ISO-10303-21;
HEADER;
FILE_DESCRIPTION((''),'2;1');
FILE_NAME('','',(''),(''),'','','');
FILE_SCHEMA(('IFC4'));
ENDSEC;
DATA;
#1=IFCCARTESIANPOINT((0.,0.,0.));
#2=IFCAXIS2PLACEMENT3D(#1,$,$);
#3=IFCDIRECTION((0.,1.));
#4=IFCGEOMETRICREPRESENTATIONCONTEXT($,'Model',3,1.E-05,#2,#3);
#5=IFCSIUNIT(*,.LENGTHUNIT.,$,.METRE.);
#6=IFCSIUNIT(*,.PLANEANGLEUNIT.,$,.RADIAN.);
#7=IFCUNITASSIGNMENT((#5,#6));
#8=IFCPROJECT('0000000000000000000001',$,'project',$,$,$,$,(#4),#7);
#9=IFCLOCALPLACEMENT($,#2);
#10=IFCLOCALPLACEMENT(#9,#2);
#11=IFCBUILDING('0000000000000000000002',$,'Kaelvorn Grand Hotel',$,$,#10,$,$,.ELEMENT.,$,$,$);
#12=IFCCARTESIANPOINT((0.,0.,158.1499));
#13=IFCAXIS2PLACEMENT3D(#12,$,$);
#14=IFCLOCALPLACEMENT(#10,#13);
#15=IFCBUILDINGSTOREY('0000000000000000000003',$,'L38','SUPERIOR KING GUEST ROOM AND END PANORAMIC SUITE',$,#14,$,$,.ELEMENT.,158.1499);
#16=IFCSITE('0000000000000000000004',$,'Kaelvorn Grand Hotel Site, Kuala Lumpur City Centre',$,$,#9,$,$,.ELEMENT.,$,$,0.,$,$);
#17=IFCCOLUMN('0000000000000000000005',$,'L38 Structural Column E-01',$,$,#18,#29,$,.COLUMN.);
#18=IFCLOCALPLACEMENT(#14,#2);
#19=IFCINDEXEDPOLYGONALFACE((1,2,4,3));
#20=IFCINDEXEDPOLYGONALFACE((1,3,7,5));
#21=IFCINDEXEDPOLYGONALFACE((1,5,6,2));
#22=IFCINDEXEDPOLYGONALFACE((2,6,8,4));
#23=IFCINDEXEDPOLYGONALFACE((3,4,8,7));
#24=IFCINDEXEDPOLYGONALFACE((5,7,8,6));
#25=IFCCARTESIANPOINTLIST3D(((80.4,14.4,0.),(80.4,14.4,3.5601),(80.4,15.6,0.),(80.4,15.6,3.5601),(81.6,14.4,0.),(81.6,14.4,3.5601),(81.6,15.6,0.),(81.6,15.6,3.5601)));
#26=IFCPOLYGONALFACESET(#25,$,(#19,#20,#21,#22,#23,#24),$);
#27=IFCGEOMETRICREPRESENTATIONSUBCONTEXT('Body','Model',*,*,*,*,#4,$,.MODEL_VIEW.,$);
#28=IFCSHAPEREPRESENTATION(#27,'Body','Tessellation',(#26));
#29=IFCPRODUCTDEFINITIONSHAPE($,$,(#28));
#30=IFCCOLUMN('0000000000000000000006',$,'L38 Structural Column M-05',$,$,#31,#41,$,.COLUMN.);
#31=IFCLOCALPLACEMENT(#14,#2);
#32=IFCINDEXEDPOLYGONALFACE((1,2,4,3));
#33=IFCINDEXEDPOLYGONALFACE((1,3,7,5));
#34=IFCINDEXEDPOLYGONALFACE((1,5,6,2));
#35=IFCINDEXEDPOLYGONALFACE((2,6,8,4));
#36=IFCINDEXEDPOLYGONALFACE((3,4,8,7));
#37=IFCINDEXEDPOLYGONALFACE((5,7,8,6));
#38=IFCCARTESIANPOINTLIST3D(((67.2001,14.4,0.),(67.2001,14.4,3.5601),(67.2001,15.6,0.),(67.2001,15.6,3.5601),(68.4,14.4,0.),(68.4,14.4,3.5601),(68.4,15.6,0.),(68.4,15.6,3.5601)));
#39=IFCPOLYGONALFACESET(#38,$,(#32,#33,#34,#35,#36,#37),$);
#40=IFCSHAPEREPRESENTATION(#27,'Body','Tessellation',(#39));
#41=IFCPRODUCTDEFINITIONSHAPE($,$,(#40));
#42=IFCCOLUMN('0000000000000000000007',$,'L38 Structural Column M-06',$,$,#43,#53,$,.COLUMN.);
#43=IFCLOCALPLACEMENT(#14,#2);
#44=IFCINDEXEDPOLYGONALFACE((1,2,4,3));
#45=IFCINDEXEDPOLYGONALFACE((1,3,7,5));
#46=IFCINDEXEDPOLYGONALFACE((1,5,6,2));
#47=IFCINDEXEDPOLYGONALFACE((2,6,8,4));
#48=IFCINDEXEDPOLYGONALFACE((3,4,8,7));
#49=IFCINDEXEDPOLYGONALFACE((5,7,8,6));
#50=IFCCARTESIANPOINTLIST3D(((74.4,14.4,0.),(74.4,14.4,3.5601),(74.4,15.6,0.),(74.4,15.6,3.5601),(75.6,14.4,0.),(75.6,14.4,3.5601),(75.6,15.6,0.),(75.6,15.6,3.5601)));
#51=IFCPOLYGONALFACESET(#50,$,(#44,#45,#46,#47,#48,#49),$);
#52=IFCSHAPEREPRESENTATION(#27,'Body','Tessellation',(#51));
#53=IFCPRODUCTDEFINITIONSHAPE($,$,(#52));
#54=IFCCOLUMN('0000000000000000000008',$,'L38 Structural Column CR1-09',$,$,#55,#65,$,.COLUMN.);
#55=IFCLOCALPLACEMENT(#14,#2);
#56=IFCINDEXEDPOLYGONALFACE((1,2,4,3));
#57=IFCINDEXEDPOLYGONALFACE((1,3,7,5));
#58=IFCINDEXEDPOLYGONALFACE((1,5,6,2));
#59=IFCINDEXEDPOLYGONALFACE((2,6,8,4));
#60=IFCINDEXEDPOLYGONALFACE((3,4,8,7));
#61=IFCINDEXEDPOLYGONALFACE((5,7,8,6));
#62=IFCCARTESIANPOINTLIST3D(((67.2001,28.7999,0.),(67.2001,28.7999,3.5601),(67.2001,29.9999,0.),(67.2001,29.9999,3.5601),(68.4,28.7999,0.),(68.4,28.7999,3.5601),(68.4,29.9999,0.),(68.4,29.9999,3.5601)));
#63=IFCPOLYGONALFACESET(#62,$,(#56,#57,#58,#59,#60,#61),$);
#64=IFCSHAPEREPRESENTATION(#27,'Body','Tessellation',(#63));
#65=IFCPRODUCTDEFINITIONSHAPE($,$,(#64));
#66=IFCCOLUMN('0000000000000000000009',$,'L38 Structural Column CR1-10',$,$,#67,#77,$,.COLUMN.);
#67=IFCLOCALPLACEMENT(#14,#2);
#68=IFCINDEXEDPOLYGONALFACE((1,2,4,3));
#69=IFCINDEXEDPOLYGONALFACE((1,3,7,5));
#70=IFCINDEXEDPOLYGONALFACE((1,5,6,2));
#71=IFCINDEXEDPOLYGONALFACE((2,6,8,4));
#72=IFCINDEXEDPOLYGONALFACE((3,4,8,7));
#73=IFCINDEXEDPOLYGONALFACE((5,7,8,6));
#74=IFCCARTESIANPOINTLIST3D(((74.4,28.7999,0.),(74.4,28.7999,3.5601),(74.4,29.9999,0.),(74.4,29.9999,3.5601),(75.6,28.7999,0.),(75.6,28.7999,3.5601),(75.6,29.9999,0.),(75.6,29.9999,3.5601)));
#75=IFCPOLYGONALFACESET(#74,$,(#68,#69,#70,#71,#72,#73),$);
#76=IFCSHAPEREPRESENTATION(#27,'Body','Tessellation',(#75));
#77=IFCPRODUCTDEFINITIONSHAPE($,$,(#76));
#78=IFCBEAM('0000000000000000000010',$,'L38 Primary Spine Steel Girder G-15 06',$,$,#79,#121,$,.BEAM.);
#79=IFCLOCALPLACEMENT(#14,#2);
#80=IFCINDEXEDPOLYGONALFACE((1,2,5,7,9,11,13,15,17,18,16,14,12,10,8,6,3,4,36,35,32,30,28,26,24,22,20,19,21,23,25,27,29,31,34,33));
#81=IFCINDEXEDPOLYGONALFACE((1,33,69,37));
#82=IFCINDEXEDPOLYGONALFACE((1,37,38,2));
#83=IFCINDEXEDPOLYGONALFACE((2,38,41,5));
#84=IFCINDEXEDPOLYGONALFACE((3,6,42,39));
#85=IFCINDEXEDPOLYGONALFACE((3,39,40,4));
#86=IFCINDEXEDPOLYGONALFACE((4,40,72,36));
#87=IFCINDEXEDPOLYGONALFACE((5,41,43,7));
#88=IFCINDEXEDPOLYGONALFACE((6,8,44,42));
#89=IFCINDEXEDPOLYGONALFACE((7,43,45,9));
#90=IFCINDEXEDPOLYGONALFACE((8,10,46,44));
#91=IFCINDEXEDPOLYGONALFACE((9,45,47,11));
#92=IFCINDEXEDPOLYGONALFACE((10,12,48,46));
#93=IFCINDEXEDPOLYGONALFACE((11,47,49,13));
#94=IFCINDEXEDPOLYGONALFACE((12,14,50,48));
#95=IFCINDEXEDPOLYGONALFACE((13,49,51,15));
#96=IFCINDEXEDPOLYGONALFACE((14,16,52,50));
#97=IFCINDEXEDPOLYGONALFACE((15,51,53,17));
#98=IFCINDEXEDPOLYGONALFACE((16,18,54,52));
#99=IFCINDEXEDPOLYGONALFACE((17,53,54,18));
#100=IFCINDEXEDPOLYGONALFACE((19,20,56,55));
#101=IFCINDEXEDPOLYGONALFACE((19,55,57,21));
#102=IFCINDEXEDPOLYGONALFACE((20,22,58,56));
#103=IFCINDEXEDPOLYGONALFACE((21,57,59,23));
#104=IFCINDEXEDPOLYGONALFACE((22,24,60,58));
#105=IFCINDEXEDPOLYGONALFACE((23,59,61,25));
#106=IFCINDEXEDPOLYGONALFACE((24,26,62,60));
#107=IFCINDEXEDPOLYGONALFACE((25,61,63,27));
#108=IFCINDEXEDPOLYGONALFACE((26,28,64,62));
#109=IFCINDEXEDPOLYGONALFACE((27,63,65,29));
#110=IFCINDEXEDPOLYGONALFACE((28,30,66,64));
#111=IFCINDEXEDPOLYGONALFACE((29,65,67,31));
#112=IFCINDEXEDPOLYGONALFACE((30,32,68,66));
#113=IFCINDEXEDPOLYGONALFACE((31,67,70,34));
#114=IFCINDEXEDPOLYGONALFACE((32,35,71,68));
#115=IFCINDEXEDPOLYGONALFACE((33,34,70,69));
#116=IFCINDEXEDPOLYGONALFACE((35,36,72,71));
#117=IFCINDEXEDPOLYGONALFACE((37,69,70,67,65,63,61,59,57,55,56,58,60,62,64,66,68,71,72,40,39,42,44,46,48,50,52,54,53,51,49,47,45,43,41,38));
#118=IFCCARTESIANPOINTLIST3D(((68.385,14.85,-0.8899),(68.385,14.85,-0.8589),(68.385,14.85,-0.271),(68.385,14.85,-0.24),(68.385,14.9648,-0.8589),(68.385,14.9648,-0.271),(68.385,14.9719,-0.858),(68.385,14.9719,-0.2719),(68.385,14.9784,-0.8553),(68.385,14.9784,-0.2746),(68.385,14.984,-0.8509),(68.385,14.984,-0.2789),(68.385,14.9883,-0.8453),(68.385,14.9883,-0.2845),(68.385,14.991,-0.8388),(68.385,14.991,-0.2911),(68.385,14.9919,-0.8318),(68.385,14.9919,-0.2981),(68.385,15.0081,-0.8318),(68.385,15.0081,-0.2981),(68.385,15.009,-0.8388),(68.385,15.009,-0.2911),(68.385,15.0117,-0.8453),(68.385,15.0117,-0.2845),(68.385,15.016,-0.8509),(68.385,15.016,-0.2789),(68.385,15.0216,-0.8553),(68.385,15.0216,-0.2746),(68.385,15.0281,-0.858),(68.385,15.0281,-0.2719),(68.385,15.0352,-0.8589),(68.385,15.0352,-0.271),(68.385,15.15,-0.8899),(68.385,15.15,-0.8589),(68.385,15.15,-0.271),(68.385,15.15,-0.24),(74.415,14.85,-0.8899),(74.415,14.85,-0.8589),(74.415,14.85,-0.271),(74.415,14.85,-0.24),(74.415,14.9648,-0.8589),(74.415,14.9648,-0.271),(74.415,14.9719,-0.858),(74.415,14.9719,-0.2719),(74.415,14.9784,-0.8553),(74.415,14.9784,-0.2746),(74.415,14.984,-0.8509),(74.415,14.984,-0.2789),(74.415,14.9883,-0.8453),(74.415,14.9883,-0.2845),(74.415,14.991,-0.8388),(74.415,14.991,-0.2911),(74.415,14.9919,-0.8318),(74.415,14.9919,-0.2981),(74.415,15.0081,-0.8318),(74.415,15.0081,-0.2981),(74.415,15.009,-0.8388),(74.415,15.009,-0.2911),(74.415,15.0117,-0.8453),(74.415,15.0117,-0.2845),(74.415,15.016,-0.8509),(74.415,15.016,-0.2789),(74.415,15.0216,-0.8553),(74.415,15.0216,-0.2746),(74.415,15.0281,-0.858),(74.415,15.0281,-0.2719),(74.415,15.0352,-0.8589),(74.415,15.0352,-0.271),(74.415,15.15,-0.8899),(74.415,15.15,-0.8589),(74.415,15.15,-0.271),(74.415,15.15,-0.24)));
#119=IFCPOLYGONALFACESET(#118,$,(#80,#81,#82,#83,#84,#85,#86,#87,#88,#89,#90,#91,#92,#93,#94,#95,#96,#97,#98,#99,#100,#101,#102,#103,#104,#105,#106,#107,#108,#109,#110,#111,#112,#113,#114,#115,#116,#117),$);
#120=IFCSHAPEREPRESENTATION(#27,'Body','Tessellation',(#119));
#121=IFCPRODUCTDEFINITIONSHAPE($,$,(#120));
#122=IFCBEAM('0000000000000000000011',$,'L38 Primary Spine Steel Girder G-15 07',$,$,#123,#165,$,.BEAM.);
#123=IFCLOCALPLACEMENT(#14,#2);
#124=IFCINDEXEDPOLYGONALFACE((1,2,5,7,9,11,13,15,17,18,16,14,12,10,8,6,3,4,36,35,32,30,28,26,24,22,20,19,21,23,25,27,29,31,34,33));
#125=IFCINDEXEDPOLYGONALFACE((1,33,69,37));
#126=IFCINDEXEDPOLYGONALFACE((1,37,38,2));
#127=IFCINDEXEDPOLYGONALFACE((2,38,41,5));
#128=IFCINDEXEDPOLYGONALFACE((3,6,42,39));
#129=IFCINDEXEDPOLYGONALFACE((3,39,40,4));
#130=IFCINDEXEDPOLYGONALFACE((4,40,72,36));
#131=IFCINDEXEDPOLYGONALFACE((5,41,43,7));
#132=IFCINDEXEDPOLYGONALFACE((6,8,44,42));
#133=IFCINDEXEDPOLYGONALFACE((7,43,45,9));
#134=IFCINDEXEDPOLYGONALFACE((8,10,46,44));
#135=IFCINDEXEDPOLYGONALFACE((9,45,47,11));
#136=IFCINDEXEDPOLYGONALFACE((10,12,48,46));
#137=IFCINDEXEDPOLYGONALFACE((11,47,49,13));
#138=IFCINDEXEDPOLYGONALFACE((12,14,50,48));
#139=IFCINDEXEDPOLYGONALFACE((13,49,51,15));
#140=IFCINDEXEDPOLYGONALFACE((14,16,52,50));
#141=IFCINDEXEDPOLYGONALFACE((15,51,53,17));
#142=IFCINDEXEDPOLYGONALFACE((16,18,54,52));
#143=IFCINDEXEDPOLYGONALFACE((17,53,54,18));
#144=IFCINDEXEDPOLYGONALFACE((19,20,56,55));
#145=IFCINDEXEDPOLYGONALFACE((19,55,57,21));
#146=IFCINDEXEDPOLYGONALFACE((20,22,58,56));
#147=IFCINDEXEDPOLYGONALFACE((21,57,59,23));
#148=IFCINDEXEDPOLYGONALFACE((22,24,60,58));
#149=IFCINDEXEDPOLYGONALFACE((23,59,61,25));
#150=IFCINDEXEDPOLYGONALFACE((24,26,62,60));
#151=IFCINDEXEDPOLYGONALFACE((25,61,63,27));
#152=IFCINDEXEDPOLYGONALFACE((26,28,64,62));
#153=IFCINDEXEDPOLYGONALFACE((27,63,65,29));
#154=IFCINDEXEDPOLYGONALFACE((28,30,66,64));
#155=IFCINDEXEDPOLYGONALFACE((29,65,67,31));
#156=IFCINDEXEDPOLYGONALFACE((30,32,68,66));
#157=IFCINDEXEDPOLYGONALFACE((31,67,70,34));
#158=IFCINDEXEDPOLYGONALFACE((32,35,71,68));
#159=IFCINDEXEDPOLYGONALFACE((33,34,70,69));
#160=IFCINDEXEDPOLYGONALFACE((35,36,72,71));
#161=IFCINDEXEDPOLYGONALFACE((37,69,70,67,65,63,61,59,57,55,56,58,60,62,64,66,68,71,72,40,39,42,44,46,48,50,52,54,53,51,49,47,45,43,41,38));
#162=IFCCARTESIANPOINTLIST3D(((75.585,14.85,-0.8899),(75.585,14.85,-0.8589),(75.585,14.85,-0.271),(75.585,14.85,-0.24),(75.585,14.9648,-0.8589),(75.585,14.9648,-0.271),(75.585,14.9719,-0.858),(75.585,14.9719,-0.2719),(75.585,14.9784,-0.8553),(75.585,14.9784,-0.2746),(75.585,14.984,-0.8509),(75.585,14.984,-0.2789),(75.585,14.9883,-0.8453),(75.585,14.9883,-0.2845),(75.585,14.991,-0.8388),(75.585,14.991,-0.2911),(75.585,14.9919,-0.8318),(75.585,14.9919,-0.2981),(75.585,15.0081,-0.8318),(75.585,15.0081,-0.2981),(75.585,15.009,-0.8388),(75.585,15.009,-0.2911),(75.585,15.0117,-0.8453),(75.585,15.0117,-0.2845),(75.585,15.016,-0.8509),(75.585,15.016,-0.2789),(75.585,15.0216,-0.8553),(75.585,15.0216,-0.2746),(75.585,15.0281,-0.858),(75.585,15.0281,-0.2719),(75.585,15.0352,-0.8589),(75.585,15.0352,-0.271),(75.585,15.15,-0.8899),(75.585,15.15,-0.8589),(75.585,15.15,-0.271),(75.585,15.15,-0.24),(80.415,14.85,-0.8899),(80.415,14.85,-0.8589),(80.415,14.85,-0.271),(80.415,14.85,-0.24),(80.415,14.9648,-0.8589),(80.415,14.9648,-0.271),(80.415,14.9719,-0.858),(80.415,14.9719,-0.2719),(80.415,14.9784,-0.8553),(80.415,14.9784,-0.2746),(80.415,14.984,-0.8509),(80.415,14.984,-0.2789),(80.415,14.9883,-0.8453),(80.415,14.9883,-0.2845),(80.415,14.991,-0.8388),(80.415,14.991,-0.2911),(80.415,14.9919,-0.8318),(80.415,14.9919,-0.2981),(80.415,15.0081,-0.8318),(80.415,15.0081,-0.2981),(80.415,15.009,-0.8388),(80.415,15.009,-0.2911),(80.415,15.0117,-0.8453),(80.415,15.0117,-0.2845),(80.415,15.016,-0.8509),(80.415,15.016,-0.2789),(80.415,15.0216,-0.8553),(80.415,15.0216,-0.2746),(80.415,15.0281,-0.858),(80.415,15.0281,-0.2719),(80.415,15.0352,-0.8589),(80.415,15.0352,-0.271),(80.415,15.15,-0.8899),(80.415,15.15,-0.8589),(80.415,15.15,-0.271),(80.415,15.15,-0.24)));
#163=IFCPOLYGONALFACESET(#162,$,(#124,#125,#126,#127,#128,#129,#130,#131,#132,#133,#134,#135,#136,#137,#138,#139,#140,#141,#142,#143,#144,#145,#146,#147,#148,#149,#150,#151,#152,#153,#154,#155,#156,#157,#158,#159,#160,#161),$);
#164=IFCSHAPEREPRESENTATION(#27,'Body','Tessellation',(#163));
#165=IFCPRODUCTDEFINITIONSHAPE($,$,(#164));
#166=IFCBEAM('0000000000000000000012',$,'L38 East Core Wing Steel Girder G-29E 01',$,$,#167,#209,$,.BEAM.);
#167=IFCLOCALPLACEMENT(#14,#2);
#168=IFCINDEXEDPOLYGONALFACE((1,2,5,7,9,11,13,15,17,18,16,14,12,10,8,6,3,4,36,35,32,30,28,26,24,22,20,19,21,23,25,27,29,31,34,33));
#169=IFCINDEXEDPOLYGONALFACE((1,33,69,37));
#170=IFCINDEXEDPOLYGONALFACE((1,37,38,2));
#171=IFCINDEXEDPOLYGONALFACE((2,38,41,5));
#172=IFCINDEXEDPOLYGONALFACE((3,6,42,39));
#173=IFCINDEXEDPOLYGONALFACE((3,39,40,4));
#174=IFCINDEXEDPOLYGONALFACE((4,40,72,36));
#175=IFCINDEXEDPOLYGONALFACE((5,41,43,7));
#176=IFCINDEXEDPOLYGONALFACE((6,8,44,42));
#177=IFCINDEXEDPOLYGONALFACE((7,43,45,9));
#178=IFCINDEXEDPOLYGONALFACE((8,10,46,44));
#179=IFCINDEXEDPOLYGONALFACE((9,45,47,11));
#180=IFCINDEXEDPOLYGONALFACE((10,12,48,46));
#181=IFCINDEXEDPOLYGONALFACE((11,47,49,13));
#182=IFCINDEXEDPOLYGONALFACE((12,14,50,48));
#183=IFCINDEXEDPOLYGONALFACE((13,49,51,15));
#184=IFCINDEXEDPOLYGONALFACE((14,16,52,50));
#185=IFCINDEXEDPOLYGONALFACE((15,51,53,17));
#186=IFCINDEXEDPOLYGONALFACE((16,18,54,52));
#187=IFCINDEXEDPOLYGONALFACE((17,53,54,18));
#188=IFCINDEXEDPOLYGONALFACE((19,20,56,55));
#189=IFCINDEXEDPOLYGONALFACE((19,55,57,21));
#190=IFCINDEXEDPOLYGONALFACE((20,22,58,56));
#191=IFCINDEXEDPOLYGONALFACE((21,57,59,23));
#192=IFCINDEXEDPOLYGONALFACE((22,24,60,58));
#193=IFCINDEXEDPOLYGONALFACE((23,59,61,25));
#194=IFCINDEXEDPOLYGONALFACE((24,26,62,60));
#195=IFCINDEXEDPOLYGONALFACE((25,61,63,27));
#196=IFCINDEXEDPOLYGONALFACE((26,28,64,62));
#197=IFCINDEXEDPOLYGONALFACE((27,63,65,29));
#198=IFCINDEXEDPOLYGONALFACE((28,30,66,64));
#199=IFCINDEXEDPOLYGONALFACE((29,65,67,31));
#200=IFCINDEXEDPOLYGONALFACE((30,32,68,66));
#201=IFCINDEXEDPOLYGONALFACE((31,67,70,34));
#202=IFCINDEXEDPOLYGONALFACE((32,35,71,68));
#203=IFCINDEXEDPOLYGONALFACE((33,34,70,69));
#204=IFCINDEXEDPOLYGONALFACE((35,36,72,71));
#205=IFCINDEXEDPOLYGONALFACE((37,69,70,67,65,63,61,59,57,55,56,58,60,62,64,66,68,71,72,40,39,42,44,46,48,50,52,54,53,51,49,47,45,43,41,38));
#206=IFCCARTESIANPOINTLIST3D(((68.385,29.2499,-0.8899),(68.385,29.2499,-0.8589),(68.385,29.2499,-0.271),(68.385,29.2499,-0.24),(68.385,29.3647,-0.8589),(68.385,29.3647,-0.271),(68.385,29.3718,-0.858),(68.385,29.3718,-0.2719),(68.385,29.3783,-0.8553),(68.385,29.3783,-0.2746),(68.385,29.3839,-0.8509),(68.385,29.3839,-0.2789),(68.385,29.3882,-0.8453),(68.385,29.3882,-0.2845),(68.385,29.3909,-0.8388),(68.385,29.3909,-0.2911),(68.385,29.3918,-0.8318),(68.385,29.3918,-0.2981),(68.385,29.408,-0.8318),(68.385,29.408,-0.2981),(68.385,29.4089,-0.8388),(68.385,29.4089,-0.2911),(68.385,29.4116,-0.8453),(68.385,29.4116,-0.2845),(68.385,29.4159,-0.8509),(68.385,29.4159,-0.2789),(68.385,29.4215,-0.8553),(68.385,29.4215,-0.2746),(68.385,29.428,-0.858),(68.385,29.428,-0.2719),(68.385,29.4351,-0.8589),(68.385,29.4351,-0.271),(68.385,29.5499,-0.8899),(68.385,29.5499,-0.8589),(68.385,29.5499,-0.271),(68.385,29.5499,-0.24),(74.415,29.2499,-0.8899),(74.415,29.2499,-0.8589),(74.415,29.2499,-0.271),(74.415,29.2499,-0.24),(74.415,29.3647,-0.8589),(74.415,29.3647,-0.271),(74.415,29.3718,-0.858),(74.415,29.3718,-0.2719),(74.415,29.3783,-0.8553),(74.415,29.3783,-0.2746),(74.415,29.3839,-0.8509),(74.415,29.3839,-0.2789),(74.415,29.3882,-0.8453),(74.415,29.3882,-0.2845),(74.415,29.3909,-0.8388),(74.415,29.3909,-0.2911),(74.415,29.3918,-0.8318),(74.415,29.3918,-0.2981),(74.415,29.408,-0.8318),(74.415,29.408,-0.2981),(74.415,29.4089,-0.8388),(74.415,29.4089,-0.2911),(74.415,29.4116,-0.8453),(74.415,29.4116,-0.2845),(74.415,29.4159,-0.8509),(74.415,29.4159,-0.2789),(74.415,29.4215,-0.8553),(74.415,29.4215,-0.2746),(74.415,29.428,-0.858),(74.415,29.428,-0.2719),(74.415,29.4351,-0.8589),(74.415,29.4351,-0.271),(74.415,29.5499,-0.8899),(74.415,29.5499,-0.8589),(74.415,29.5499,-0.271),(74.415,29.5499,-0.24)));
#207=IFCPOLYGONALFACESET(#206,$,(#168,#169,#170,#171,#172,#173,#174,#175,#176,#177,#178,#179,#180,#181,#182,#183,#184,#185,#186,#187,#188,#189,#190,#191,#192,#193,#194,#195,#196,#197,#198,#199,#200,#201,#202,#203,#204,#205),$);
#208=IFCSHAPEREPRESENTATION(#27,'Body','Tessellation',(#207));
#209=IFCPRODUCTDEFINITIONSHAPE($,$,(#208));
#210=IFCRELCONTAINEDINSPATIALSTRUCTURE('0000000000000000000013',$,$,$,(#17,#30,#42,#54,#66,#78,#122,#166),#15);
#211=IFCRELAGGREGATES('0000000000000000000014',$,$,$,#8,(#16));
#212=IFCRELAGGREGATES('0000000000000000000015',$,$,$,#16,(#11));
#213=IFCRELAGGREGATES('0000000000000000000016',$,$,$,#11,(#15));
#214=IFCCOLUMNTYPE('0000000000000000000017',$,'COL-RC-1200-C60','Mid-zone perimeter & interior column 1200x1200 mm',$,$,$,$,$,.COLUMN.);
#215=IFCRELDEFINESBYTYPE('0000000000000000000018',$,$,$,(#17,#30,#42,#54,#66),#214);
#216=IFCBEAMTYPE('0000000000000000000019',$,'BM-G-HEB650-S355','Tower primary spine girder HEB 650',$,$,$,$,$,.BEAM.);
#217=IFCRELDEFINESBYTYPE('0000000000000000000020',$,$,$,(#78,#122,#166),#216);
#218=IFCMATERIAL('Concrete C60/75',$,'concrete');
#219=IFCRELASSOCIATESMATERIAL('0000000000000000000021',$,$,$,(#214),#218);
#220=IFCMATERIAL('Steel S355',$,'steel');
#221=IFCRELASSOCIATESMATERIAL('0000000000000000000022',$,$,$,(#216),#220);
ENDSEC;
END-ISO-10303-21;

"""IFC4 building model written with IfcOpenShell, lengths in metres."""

from ifc_helpers import new_model, si_unit, direction, frame, origin, origin_2d, place, context, subcontext, project, spatial, rectangle, i_section, extrude, material, material_profile, profile_set, type_object, element, save


model = new_model("IFC4")

# Units and contexts
model_context = context("Model", 3, precision=1e-05, world=origin(), true_north=direction((0.0, 1.0)))
body_context = subcontext(model_context, "Body", "Model", "MODEL_VIEW")
ifc_project = project(units=[si_unit("LENGTHUNIT", "METRE"), si_unit("PLANEANGLEUNIT", "RADIAN")], contexts=[model_context])

# Site, building, storey
site_placement = place(None, origin())
site = spatial("IfcSite", under=ifc_project, at=site_placement, Name="Kaelvorn Grand Hotel Site, Kuala Lumpur City Centre", CompositionType="ELEMENT", RefElevation=0.0)
building_placement = place(site_placement, origin())
building = spatial("IfcBuilding", under=site, at=building_placement, Name="Kaelvorn Grand Hotel", CompositionType="ELEMENT")
storey_placement = place(building_placement, frame((0.0, 0.0, 158.1499)))
storey = spatial("IfcBuildingStorey", under=building, at=storey_placement, Name="L38", Description="SUPERIOR KING GUEST ROOM AND END PANORAMIC SUITE", CompositionType="ELEMENT", Elevation=158.1499)

# Columns
ifc_material_1 = material(Name="Concrete C60/75", Category="concrete")
ifc_material_profile_1 = material_profile(ifc_material_1, rectangle(XDim=1.2, YDim=1.2, at=origin_2d()), Name="RC COL 1200x1200")
ifc_profile_set_1 = profile_set([ifc_material_profile_1], Name="Concrete C60/75")
column_type = type_object("IfcColumnType", Name="COL-RC-1200-C60", Description="Mid-zone perimeter & interior column 1200x1200 mm", PredefinedType="COLUMN", material=ifc_profile_set_1)
for number, where, z_axis, x_axis, name in (
    (1, (81.0, 15.0, 0.0), (0.0, 0.0, 1.0), (1.0, 0.0, 0.0), "L38 Structural Column E-01"),
    (2, (67.8, 15.0, 0.0), (0.0, 0.0, 1.0), (1.0, 0.0, 0.0), "L38 Structural Column M-05"),
    (3, (75.0, 15.0, 0.0), (0.0, 0.0, 1.0), (1.0, 0.0, 0.0), "L38 Structural Column M-06"),
    (4, (67.8, 29.3999, 0.0), (0.0, 0.0, 1.0), (1.0, 0.0, 0.0), "L38 Structural Column CR1-09"),
    (5, (75.0, 29.3999, 0.0), (0.0, 0.0, 1.0), (1.0, 0.0, 0.0), "L38 Structural Column CR1-10"),
):
    element("IfcColumn", number, at=place(storey_placement, frame(where, z_axis=z_axis, x_axis=x_axis)), inside=storey, type_object=column_type, Name=name, PredefinedType="COLUMN", context=body_context, shape_type="SweptSolid", body=[
        extrude(rectangle(XDim=1.2, YDim=1.2, at=origin_2d()), origin(), (0.0, 0.0, 1.0), 3.5601),
    ])

# Beams
ifc_material_2 = material(Name="Steel S355", Category="steel")
ifc_material_profile_2 = material_profile(ifc_material_2, i_section(OverallWidth=0.3, OverallDepth=0.6499, WebThickness=0.0161, FlangeThickness=0.031, FilletRadius=0.0271, at=origin_2d()), Name="HEB 650")
ifc_profile_set_2 = profile_set([ifc_material_profile_2], Name="Steel S355")
beam_type_1 = type_object("IfcBeamType", Name="BM-G-HEB650-S355", Description="Tower primary spine girder HEB 650", PredefinedType="BEAM", material=ifc_profile_set_2)
beam_1_placement = place(storey_placement, frame((68.385, 15.0, -0.5649), z_axis=(1.0, 0.0, 0.0), x_axis=(0.0, 1.0, 0.0)))
element("IfcBeam", 6, at=beam_1_placement, inside=storey, type_object=beam_type_1, Name="L38 Primary Spine Steel Girder G-15 06", PredefinedType="BEAM", context=body_context, shape_type="SweptSolid", body=[
    extrude(i_section(OverallWidth=0.3, OverallDepth=0.6499, WebThickness=0.0161, FlangeThickness=0.031, FilletRadius=0.0271, at=origin_2d()), origin(), (0.0, 0.0, 1.0), 6.03),
])
beam_2_placement = place(storey_placement, frame((75.585, 15.0, -0.5649), z_axis=(1.0, 0.0, 0.0), x_axis=(0.0, 1.0, 0.0)))
element("IfcBeam", 7, at=beam_2_placement, inside=storey, type_object=beam_type_1, Name="L38 Primary Spine Steel Girder G-15 07", PredefinedType="BEAM", context=body_context, shape_type="SweptSolid", body=[
    extrude(i_section(OverallWidth=0.3, OverallDepth=0.6499, WebThickness=0.0161, FlangeThickness=0.031, FilletRadius=0.0271, at=origin_2d()), origin(), (0.0, 0.0, 1.0), 4.8301),
])
beam_3_placement = place(storey_placement, frame((68.385, 29.3999, -0.5649), z_axis=(1.0, 0.0, 0.0), x_axis=(0.0, 1.0, 0.0)))
element("IfcBeam", 8, at=beam_3_placement, inside=storey, type_object=beam_type_1, Name="L38 East Core Wing Steel Girder G-29E 01", PredefinedType="BEAM", context=body_context, shape_type="SweptSolid", body=[
    extrude(i_section(OverallWidth=0.3, OverallDepth=0.6499, WebThickness=0.0161, FlangeThickness=0.031, FilletRadius=0.0271, at=origin_2d()), origin(), (0.0, 0.0, 1.0), 6.03),
])

save(model, "model.ifc")
